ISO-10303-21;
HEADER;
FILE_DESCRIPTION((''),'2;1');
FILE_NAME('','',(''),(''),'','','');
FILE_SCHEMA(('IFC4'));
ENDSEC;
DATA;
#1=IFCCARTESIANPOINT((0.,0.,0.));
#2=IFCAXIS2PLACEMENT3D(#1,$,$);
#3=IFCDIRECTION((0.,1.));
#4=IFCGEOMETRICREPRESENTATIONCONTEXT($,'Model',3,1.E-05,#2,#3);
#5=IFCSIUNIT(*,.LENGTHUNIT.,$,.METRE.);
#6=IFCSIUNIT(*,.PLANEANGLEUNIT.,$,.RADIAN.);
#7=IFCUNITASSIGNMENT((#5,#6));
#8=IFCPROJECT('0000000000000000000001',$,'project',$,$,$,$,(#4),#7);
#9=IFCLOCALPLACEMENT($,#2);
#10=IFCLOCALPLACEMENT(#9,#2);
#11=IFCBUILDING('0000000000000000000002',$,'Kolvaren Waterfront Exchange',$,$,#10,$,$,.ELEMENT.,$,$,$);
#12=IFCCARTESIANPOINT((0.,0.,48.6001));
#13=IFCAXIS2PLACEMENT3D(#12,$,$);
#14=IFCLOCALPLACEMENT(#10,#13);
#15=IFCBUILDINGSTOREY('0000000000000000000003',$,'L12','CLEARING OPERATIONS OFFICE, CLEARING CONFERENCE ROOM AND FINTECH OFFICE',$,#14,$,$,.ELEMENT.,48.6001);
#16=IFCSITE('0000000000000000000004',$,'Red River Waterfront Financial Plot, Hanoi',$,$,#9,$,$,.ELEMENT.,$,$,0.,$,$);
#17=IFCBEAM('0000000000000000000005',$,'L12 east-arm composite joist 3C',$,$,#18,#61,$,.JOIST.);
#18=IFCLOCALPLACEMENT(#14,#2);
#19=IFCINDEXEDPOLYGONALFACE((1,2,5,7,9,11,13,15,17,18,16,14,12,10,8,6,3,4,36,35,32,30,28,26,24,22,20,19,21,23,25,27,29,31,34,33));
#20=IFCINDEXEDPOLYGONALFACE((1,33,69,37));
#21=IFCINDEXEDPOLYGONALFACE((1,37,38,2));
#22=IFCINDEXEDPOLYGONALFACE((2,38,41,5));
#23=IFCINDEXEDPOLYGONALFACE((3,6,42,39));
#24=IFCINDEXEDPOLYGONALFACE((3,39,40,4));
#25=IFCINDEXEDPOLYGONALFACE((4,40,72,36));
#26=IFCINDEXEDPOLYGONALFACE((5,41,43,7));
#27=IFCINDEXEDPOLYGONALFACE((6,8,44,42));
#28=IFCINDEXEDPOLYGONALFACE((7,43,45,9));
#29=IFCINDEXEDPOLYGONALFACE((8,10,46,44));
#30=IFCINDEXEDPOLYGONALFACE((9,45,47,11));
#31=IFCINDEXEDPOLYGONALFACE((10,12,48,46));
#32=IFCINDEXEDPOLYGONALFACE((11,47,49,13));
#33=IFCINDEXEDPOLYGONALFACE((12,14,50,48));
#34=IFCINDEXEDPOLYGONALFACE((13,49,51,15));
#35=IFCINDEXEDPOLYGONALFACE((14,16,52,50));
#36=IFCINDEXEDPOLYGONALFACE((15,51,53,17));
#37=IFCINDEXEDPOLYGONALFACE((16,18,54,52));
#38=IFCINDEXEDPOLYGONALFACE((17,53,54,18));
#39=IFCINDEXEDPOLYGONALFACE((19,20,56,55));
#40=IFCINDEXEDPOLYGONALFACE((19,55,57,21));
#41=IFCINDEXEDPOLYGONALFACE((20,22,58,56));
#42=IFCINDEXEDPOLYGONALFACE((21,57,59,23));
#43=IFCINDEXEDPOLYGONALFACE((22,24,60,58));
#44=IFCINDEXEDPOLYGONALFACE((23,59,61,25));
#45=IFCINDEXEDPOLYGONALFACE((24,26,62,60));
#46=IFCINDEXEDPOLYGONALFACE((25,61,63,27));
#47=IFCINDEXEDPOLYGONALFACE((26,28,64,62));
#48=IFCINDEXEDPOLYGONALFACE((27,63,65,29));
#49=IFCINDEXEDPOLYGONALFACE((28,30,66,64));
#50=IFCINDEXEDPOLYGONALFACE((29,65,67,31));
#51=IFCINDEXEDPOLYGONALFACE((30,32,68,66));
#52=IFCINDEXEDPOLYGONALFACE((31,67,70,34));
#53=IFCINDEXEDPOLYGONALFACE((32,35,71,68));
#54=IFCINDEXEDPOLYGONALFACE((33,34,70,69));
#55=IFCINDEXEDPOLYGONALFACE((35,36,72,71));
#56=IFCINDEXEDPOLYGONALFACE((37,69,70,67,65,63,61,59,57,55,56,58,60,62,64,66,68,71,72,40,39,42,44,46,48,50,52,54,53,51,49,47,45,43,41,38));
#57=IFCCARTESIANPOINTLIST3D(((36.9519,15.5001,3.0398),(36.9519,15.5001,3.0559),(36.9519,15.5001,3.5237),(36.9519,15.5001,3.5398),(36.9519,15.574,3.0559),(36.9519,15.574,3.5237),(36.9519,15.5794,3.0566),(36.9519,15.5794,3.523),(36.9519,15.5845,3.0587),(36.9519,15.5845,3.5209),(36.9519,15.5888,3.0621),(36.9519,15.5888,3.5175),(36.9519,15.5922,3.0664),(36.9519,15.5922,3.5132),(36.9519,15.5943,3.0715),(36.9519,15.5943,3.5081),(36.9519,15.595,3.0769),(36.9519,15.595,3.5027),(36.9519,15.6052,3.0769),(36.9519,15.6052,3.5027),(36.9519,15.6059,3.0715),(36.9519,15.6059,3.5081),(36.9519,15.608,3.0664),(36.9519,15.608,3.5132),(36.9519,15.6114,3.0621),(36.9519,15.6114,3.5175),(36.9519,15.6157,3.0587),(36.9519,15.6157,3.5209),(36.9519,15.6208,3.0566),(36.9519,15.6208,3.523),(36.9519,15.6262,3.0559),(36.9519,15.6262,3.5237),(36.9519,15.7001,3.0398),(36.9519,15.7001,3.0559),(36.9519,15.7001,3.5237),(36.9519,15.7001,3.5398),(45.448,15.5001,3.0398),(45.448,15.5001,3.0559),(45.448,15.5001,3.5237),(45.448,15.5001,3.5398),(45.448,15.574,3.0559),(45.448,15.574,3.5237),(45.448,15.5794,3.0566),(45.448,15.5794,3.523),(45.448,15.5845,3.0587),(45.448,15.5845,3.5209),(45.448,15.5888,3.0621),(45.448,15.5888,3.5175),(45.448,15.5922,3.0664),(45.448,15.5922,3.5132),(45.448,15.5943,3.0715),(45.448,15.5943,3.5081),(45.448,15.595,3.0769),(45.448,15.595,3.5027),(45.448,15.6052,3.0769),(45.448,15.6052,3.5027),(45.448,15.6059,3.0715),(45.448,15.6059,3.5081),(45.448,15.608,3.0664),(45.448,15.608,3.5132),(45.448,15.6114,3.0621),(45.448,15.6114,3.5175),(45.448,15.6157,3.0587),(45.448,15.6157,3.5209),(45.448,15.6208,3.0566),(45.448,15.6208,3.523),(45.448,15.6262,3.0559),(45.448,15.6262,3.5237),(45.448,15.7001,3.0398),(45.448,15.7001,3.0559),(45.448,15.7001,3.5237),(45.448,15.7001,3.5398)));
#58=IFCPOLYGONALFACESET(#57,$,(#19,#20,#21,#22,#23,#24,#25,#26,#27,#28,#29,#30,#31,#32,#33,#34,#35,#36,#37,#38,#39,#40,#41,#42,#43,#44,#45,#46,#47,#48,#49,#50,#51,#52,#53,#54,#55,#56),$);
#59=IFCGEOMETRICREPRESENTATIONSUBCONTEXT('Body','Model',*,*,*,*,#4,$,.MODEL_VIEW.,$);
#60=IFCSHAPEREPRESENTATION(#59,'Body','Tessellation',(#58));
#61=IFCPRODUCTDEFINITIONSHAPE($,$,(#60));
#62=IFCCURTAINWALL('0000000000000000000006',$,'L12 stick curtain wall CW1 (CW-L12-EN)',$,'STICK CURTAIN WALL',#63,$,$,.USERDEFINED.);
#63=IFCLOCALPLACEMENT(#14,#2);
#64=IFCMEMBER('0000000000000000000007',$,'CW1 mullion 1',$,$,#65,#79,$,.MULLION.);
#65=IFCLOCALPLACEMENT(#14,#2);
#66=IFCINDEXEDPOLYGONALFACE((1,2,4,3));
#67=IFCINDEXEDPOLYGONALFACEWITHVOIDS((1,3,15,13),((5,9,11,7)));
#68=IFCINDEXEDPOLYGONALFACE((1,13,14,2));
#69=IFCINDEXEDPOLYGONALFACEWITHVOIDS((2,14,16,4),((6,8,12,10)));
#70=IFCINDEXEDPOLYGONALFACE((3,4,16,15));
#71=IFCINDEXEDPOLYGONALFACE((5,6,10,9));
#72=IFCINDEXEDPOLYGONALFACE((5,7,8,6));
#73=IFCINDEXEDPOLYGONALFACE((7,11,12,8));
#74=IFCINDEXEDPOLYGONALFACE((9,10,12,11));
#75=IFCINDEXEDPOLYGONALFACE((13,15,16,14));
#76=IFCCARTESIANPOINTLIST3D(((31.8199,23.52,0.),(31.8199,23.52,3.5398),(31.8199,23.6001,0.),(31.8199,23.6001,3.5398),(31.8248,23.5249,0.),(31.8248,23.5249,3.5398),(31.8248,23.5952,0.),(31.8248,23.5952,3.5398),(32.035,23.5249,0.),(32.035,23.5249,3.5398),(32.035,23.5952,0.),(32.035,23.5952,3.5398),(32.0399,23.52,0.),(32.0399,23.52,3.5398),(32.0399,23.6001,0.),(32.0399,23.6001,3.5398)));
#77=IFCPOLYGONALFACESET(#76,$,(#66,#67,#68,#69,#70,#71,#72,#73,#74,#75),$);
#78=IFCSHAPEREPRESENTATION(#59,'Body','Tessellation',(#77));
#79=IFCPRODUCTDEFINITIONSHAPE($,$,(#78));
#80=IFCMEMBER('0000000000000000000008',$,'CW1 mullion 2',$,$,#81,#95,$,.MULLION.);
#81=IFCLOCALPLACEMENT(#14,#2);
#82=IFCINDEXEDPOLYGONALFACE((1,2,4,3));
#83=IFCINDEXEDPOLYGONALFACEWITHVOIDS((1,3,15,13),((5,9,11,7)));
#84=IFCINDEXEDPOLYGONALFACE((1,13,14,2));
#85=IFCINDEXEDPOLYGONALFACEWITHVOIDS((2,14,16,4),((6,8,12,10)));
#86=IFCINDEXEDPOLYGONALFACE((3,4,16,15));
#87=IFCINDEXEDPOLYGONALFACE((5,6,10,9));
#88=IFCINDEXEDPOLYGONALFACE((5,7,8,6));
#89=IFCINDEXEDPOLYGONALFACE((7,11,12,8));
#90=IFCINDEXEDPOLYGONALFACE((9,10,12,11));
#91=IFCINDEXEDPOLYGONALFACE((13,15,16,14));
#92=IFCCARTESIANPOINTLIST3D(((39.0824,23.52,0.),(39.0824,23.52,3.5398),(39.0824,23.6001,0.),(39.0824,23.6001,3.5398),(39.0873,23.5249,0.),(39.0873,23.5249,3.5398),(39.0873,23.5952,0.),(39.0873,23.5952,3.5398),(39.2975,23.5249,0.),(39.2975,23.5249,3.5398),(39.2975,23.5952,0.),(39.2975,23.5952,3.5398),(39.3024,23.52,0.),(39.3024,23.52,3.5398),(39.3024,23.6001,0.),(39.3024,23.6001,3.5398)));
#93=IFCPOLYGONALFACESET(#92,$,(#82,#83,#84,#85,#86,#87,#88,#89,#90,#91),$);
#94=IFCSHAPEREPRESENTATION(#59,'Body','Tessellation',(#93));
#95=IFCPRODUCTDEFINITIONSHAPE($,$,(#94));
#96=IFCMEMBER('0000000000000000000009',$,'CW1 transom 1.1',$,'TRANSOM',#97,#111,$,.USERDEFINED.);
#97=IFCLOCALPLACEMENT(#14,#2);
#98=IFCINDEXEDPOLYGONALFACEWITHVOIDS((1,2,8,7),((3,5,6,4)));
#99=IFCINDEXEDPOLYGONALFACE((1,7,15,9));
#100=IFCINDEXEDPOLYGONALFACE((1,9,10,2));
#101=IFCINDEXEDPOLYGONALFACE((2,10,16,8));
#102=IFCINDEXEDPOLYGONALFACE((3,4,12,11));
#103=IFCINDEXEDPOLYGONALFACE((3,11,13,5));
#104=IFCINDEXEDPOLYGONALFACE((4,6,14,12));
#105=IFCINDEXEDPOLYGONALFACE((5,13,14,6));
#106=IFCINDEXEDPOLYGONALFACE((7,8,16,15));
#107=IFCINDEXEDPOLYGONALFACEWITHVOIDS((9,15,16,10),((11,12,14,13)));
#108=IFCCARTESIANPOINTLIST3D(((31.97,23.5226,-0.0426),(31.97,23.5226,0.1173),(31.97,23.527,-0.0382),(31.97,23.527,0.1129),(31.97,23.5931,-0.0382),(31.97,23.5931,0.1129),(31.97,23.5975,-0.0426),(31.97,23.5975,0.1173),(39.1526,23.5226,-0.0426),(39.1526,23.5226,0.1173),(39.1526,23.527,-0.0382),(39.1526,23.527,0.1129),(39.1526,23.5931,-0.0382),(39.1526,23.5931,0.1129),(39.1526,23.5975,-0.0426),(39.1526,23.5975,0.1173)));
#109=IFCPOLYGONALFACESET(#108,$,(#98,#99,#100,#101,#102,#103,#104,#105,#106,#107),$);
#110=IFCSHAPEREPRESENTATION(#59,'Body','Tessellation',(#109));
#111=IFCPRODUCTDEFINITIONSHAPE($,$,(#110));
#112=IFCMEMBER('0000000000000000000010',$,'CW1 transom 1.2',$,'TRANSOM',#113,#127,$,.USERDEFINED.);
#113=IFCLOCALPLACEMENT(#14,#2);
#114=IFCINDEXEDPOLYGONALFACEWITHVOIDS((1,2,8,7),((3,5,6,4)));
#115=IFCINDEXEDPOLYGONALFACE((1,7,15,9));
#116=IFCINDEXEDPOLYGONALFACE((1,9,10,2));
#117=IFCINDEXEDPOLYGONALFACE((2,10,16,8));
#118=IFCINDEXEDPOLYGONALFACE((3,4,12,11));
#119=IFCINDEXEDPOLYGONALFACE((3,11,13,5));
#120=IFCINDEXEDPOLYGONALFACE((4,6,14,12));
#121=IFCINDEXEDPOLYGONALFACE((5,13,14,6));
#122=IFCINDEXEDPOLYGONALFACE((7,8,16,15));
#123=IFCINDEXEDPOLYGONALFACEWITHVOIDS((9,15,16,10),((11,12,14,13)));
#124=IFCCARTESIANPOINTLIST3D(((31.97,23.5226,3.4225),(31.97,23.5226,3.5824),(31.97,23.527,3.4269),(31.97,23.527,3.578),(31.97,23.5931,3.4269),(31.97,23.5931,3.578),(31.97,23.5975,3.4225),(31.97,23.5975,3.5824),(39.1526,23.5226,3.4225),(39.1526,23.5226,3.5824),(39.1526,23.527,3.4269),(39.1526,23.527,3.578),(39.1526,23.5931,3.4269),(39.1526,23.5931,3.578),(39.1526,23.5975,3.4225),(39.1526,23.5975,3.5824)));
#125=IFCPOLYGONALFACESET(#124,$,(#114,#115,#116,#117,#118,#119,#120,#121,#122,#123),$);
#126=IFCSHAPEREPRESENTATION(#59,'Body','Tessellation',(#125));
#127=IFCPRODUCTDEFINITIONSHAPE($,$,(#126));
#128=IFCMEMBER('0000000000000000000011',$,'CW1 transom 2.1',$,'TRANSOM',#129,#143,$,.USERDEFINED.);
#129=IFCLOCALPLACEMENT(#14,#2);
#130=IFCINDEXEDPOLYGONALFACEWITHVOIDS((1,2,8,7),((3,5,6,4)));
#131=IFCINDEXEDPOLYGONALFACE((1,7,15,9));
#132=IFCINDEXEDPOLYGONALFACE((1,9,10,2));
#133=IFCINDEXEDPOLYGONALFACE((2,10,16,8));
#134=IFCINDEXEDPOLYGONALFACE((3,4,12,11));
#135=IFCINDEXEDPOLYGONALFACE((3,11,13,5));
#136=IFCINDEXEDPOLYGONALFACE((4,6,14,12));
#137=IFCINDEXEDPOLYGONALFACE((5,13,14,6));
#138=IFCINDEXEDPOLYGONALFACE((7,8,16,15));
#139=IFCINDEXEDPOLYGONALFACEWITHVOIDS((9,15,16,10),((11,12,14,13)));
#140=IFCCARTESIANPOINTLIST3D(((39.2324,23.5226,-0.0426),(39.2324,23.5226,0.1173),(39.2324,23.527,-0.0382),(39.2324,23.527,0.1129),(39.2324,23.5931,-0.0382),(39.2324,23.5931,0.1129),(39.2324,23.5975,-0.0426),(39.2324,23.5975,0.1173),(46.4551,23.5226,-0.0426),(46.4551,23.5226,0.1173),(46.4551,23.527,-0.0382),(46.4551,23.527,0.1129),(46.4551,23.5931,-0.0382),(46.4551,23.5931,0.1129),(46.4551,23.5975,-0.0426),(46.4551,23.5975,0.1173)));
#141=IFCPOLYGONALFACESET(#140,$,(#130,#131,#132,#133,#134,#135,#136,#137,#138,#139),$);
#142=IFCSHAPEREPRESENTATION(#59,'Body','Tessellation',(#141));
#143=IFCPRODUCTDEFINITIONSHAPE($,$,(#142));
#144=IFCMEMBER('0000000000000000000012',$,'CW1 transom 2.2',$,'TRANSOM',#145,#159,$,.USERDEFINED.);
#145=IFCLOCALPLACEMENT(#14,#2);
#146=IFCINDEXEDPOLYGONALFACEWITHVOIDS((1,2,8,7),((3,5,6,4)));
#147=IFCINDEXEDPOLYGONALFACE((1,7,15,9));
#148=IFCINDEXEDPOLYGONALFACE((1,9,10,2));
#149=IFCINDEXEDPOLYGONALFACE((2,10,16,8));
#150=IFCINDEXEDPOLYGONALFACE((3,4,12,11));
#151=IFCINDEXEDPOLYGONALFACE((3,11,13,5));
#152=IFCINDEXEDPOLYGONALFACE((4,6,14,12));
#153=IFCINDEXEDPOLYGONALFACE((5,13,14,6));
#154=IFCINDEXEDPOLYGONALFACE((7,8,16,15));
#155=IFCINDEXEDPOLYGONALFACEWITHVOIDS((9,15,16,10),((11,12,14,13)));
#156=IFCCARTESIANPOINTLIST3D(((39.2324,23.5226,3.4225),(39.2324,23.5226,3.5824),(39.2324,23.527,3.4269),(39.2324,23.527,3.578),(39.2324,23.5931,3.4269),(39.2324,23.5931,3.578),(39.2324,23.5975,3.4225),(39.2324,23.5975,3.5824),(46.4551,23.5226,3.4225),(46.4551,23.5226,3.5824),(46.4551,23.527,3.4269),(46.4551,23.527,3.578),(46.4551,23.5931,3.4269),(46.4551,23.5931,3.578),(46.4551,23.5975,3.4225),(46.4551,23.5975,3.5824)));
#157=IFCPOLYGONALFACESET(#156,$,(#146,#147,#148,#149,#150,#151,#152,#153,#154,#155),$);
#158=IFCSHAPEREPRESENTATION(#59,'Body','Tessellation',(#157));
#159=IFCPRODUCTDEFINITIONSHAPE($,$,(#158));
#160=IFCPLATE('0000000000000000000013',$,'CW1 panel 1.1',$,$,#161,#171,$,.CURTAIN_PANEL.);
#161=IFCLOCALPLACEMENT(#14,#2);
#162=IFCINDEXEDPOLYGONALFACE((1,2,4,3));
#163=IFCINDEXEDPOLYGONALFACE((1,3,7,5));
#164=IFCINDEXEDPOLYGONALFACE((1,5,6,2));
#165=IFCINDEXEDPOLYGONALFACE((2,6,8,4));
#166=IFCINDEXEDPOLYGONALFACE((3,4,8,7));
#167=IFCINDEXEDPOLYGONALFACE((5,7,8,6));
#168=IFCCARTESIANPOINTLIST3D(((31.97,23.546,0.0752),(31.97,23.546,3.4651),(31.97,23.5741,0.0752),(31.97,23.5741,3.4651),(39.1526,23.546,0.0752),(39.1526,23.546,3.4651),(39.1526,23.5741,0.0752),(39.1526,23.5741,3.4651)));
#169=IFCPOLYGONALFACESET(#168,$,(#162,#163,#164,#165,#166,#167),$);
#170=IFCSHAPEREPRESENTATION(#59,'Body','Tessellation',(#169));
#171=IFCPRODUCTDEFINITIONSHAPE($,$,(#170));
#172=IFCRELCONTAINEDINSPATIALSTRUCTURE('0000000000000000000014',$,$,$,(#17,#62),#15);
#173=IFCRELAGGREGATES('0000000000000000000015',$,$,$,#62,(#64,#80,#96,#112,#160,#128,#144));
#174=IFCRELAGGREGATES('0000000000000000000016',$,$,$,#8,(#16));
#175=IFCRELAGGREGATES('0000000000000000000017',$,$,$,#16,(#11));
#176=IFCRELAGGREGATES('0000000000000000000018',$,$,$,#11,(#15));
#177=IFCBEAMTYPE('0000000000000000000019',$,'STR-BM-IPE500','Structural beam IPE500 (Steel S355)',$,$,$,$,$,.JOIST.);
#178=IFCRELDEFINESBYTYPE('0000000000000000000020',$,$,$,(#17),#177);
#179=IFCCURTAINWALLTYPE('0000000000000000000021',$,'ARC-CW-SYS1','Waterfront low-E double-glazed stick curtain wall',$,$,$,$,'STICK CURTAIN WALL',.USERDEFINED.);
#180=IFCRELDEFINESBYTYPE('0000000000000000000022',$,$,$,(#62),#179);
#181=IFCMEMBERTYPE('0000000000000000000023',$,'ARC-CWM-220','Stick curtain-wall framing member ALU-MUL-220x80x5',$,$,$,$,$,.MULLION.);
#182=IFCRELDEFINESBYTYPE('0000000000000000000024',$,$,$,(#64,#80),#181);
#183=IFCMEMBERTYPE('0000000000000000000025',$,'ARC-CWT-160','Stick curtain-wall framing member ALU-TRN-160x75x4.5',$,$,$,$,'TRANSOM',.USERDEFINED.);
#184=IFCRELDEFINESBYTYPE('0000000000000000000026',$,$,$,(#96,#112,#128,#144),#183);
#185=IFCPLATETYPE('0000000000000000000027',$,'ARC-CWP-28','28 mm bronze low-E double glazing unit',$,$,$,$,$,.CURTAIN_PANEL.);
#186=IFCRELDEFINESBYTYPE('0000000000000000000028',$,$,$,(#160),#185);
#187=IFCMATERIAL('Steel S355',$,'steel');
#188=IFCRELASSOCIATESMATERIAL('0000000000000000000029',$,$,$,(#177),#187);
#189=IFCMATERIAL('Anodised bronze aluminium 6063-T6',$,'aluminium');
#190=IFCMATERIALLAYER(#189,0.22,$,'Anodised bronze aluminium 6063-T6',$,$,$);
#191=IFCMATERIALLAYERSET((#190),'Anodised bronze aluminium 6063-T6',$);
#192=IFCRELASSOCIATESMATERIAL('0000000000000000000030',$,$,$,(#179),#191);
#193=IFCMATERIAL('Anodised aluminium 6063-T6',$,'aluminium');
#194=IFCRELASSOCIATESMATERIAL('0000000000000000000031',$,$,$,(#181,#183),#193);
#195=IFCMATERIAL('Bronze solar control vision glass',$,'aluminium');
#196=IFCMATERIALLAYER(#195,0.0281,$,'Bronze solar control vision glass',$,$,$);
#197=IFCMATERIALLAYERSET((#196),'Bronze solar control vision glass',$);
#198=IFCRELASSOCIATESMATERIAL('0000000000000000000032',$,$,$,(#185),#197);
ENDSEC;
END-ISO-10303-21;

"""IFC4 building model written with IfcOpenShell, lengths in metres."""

from ifc_helpers import new_model, si_unit, direction, frame, origin, origin_with_axes, origin_2d, place, context, subcontext, project, spatial, rectangle, hollow_rectangle, i_section, extrude, source, transform, mapped, material, layer, layer_set, material_profile, profile_set, type_object, element, aggregate, save


model = new_model("IFC4")

# Units and contexts
model_context = context("Model", 3, precision=1e-05, world=origin(), true_north=direction((0.0, 1.0)))
body_context = subcontext(model_context, "Body", "Model", "MODEL_VIEW")
ifc_project = project(units=[si_unit("LENGTHUNIT", "METRE"), si_unit("PLANEANGLEUNIT", "RADIAN")], contexts=[model_context])

# Site, building, storey
site_placement = place(None, origin())
site = spatial("IfcSite", under=ifc_project, at=site_placement, Name="Red River Waterfront Financial Plot, Hanoi", CompositionType="ELEMENT", RefElevation=0.0)
building_placement = place(site_placement, origin())
building = spatial("IfcBuilding", under=site, at=building_placement, Name="Kolvaren Waterfront Exchange", CompositionType="ELEMENT")
storey_placement = place(building_placement, frame((0.0, 0.0, 48.6001)))
storey = spatial("IfcBuildingStorey", under=building, at=storey_placement, Name="L12", Description="CLEARING OPERATIONS OFFICE, CLEARING CONFERENCE ROOM AND FINTECH OFFICE", CompositionType="ELEMENT", Elevation=48.6001)

# Beam
ifc_material_1 = material(Name="Steel S355", Category="steel")
ifc_material_profile_1 = material_profile(ifc_material_1, i_section(OverallWidth=0.2, OverallDepth=0.5, WebThickness=0.0103, FlangeThickness=0.0161, FilletRadius=0.021, at=origin_2d()), Name="IPE500")
ifc_profile_set_1 = profile_set([ifc_material_profile_1], Name="Steel S355")
beam_type_1 = type_object("IfcBeamType", Name="STR-BM-IPE500", Description="Structural beam IPE500 (Steel S355)", PredefinedType="JOIST", material=ifc_profile_set_1)
for number, where, z_axis, x_axis, name in (
    (1, (36.9519, 15.6001, 3.2898), (1.0, 0.0, 0.0), (0.0, 1.0, 0.0), "L12 east-arm composite joist 3C"),
):
    element("IfcBeam", number, at=place(storey_placement, frame(where, z_axis=z_axis, x_axis=x_axis)), inside=storey, type_object=beam_type_1, Name=name, PredefinedType="JOIST", context=body_context, shape_type="SweptSolid", body=[
        extrude(i_section(OverallWidth=0.2, OverallDepth=0.5, WebThickness=0.0103, FlangeThickness=0.0161, FilletRadius=0.021, at=origin_2d()), origin(), (0.0, 0.0, 1.0), 8.4961),
    ])

# Curtain wall, members, plate
ifc_material_2 = material(Name="Anodised bronze aluminium 6063-T6", Category="aluminium")
ifc_layer_1 = layer(ifc_material_2, 0.22, Name="Anodised bronze aluminium 6063-T6")
ifc_layer_set_1 = layer_set([ifc_layer_1], Name="Anodised bronze aluminium 6063-T6")
curtain_wall_type = type_object("IfcCurtainWallType", Name="ARC-CW-SYS1", Description="Waterfront low-E double-glazed stick curtain wall", ElementType="STICK CURTAIN WALL", PredefinedType="USERDEFINED", material=ifc_layer_set_1)
curtain_wall_placement = place(storey_placement, origin())
curtain_wall = element("IfcCurtainWall", 2, at=curtain_wall_placement, inside=storey, type_object=curtain_wall_type, Name="L12 stick curtain wall CW1 (CW-L12-EN)", ObjectType="STICK CURTAIN WALL", PredefinedType="USERDEFINED")
ifc_material_3 = material(Name="Anodised aluminium 6063-T6", Category="aluminium")
ifc_material_profile_2 = material_profile(ifc_material_3, hollow_rectangle(XDim=0.0801, YDim=0.22, WallThickness=0.0049, at=origin_2d()), Name="ALU-MUL-220x80x5")
ifc_profile_set_2 = profile_set([ifc_material_profile_2], Name="Anodised aluminium 6063-T6")
member_type_1 = type_object("IfcMemberType", Name="ARC-CWM-220", Description="Stick curtain-wall framing member ALU-MUL-220x80x5", PredefinedType="MULLION", material=ifc_profile_set_2)
shared_shape_1 = source(origin_with_axes(), body_context, "Body", "SweptSolid", [
    extrude(hollow_rectangle(XDim=0.0801, YDim=0.22, WallThickness=0.0049, at=origin_2d()), origin(), (0.0, 0.0, 1.0), 3.5398),
])
member_1_placement = place(storey_placement, frame((31.9299, 23.5601, 0.0), z_axis=(0.0, 0.0, 1.0), x_axis=(0.0, 1.0, 0.0)))
member_1 = element("IfcMember", 3, at=member_1_placement, type_object=member_type_1, Name="CW1 mullion 1", PredefinedType="MULLION", context=body_context, shape_type="MappedRepresentation", body=[
    mapped(shared_shape_1, transform((0.0, 0.0, 0.0), x_axis=(1.0, 0.0, 0.0), y_axis=(0.0, 1.0, 0.0), z_axis=(0.0, 0.0, 1.0), scale=1.0)),
])
member_2_placement = place(storey_placement, frame((39.1924, 23.5601, 0.0), z_axis=(0.0, 0.0, 1.0), x_axis=(0.0, 1.0, 0.0)))
member_2 = element("IfcMember", 4, at=member_2_placement, type_object=member_type_1, Name="CW1 mullion 2", PredefinedType="MULLION", context=body_context, shape_type="MappedRepresentation", body=[
    mapped(shared_shape_1, transform((0.0, 0.0, 0.0), x_axis=(1.0, 0.0, 0.0), y_axis=(0.0, 1.0, 0.0), z_axis=(0.0, 0.0, 1.0), scale=1.0)),
])
ifc_material_profile_3 = material_profile(ifc_material_3, hollow_rectangle(XDim=0.075, YDim=0.1599, WallThickness=0.0044, at=origin_2d()), Name="ALU-TRN-160x75x4.5")
ifc_profile_set_3 = profile_set([ifc_material_profile_3], Name="Anodised aluminium 6063-T6")
member_type_2 = type_object("IfcMemberType", Name="ARC-CWT-160", Description="Stick curtain-wall framing member ALU-TRN-160x75x4.5", ElementType="TRANSOM", PredefinedType="USERDEFINED", material=ifc_profile_set_3)
shared_shape_2 = source(origin_with_axes(), body_context, "Body", "SweptSolid", [
    extrude(hollow_rectangle(XDim=0.075, YDim=0.1599, WallThickness=0.0044, at=origin_2d()), origin(), (0.0, 0.0, 1.0), 7.1826),
])
member_3_placement = place(storey_placement, frame((31.97, 23.5601, 0.0374), z_axis=(1.0, 0.0, 0.0), x_axis=(0.0, 1.0, 0.0)))
member_3 = element("IfcMember", 5, at=member_3_placement, type_object=member_type_2, Name="CW1 transom 1.1", ObjectType="TRANSOM", PredefinedType="USERDEFINED", context=body_context, shape_type="MappedRepresentation", body=[
    mapped(shared_shape_2, transform((0.0, 0.0, 0.0), x_axis=(1.0, 0.0, 0.0), y_axis=(0.0, 1.0, 0.0), z_axis=(0.0, 0.0, 1.0), scale=1.0)),
])
member_4_placement = place(storey_placement, frame((31.97, 23.5601, 3.5024), z_axis=(1.0, 0.0, 0.0), x_axis=(0.0, 1.0, 0.0)))
member_4 = element("IfcMember", 6, at=member_4_placement, type_object=member_type_2, Name="CW1 transom 1.2", ObjectType="TRANSOM", PredefinedType="USERDEFINED", context=body_context, shape_type="MappedRepresentation", body=[
    mapped(shared_shape_2, transform((0.0, 0.0, 0.0), x_axis=(1.0, 0.0, 0.0), y_axis=(0.0, 1.0, 0.0), z_axis=(0.0, 0.0, 1.0), scale=1.0)),
])
shared_shape_3 = source(origin_with_axes(), body_context, "Body", "SweptSolid", [
    extrude(hollow_rectangle(XDim=0.075, YDim=0.1599, WallThickness=0.0044, at=origin_2d()), origin(), (0.0, 0.0, 1.0), 7.2227),
])
member_5_placement = place(storey_placement, frame((39.2324, 23.5601, 0.0374), z_axis=(1.0, 0.0, 0.0), x_axis=(0.0, 1.0, 0.0)))
member_5 = element("IfcMember", 7, at=member_5_placement, type_object=member_type_2, Name="CW1 transom 2.1", ObjectType="TRANSOM", PredefinedType="USERDEFINED", context=body_context, shape_type="MappedRepresentation", body=[
    mapped(shared_shape_3, transform((0.0, 0.0, 0.0), x_axis=(1.0, 0.0, 0.0), y_axis=(0.0, 1.0, 0.0), z_axis=(0.0, 0.0, 1.0), scale=1.0)),
])
member_6_placement = place(storey_placement, frame((39.2324, 23.5601, 3.5024), z_axis=(1.0, 0.0, 0.0), x_axis=(0.0, 1.0, 0.0)))
member_6 = element("IfcMember", 8, at=member_6_placement, type_object=member_type_2, Name="CW1 transom 2.2", ObjectType="TRANSOM", PredefinedType="USERDEFINED", context=body_context, shape_type="MappedRepresentation", body=[
    mapped(shared_shape_3, transform((0.0, 0.0, 0.0), x_axis=(1.0, 0.0, 0.0), y_axis=(0.0, 1.0, 0.0), z_axis=(0.0, 0.0, 1.0), scale=1.0)),
])
ifc_material_4 = material(Name="Bronze solar control vision glass", Category="aluminium")
ifc_layer_2 = layer(ifc_material_4, 0.0281, Name="Bronze solar control vision glass")
ifc_layer_set_2 = layer_set([ifc_layer_2], Name="Bronze solar control vision glass")
plate_type = type_object("IfcPlateType", Name="ARC-CWP-28", Description="28 mm bronze low-E double glazing unit", PredefinedType="CURTAIN_PANEL", material=ifc_layer_set_2)
shared_shape_4 = source(origin_with_axes(), body_context, "Body", "SweptSolid", [
    extrude(rectangle(XDim=7.1826, YDim=0.0281, at=origin_2d()), origin(), (0.0, 0.0, 1.0), 3.3899),
])
plate_1_placement = place(storey_placement, frame((35.5613, 23.5601, 0.0752), z_axis=(0.0, 0.0, 1.0), x_axis=(1.0, 0.0, 0.0)))
plate_1 = element("IfcPlate", 9, at=plate_1_placement, type_object=plate_type, Name="CW1 panel 1.1", PredefinedType="CURTAIN_PANEL", context=body_context, shape_type="MappedRepresentation", body=[
    mapped(shared_shape_4, transform((0.0, 0.0, 0.0), x_axis=(1.0, 0.0, 0.0), y_axis=(0.0, 1.0, 0.0), z_axis=(0.0, 0.0, 1.0), scale=1.0)),
])
aggregate(curtain_wall, [member_1, member_2, member_3, member_4, plate_1, member_5, member_6])

save(model, "model.ifc")
